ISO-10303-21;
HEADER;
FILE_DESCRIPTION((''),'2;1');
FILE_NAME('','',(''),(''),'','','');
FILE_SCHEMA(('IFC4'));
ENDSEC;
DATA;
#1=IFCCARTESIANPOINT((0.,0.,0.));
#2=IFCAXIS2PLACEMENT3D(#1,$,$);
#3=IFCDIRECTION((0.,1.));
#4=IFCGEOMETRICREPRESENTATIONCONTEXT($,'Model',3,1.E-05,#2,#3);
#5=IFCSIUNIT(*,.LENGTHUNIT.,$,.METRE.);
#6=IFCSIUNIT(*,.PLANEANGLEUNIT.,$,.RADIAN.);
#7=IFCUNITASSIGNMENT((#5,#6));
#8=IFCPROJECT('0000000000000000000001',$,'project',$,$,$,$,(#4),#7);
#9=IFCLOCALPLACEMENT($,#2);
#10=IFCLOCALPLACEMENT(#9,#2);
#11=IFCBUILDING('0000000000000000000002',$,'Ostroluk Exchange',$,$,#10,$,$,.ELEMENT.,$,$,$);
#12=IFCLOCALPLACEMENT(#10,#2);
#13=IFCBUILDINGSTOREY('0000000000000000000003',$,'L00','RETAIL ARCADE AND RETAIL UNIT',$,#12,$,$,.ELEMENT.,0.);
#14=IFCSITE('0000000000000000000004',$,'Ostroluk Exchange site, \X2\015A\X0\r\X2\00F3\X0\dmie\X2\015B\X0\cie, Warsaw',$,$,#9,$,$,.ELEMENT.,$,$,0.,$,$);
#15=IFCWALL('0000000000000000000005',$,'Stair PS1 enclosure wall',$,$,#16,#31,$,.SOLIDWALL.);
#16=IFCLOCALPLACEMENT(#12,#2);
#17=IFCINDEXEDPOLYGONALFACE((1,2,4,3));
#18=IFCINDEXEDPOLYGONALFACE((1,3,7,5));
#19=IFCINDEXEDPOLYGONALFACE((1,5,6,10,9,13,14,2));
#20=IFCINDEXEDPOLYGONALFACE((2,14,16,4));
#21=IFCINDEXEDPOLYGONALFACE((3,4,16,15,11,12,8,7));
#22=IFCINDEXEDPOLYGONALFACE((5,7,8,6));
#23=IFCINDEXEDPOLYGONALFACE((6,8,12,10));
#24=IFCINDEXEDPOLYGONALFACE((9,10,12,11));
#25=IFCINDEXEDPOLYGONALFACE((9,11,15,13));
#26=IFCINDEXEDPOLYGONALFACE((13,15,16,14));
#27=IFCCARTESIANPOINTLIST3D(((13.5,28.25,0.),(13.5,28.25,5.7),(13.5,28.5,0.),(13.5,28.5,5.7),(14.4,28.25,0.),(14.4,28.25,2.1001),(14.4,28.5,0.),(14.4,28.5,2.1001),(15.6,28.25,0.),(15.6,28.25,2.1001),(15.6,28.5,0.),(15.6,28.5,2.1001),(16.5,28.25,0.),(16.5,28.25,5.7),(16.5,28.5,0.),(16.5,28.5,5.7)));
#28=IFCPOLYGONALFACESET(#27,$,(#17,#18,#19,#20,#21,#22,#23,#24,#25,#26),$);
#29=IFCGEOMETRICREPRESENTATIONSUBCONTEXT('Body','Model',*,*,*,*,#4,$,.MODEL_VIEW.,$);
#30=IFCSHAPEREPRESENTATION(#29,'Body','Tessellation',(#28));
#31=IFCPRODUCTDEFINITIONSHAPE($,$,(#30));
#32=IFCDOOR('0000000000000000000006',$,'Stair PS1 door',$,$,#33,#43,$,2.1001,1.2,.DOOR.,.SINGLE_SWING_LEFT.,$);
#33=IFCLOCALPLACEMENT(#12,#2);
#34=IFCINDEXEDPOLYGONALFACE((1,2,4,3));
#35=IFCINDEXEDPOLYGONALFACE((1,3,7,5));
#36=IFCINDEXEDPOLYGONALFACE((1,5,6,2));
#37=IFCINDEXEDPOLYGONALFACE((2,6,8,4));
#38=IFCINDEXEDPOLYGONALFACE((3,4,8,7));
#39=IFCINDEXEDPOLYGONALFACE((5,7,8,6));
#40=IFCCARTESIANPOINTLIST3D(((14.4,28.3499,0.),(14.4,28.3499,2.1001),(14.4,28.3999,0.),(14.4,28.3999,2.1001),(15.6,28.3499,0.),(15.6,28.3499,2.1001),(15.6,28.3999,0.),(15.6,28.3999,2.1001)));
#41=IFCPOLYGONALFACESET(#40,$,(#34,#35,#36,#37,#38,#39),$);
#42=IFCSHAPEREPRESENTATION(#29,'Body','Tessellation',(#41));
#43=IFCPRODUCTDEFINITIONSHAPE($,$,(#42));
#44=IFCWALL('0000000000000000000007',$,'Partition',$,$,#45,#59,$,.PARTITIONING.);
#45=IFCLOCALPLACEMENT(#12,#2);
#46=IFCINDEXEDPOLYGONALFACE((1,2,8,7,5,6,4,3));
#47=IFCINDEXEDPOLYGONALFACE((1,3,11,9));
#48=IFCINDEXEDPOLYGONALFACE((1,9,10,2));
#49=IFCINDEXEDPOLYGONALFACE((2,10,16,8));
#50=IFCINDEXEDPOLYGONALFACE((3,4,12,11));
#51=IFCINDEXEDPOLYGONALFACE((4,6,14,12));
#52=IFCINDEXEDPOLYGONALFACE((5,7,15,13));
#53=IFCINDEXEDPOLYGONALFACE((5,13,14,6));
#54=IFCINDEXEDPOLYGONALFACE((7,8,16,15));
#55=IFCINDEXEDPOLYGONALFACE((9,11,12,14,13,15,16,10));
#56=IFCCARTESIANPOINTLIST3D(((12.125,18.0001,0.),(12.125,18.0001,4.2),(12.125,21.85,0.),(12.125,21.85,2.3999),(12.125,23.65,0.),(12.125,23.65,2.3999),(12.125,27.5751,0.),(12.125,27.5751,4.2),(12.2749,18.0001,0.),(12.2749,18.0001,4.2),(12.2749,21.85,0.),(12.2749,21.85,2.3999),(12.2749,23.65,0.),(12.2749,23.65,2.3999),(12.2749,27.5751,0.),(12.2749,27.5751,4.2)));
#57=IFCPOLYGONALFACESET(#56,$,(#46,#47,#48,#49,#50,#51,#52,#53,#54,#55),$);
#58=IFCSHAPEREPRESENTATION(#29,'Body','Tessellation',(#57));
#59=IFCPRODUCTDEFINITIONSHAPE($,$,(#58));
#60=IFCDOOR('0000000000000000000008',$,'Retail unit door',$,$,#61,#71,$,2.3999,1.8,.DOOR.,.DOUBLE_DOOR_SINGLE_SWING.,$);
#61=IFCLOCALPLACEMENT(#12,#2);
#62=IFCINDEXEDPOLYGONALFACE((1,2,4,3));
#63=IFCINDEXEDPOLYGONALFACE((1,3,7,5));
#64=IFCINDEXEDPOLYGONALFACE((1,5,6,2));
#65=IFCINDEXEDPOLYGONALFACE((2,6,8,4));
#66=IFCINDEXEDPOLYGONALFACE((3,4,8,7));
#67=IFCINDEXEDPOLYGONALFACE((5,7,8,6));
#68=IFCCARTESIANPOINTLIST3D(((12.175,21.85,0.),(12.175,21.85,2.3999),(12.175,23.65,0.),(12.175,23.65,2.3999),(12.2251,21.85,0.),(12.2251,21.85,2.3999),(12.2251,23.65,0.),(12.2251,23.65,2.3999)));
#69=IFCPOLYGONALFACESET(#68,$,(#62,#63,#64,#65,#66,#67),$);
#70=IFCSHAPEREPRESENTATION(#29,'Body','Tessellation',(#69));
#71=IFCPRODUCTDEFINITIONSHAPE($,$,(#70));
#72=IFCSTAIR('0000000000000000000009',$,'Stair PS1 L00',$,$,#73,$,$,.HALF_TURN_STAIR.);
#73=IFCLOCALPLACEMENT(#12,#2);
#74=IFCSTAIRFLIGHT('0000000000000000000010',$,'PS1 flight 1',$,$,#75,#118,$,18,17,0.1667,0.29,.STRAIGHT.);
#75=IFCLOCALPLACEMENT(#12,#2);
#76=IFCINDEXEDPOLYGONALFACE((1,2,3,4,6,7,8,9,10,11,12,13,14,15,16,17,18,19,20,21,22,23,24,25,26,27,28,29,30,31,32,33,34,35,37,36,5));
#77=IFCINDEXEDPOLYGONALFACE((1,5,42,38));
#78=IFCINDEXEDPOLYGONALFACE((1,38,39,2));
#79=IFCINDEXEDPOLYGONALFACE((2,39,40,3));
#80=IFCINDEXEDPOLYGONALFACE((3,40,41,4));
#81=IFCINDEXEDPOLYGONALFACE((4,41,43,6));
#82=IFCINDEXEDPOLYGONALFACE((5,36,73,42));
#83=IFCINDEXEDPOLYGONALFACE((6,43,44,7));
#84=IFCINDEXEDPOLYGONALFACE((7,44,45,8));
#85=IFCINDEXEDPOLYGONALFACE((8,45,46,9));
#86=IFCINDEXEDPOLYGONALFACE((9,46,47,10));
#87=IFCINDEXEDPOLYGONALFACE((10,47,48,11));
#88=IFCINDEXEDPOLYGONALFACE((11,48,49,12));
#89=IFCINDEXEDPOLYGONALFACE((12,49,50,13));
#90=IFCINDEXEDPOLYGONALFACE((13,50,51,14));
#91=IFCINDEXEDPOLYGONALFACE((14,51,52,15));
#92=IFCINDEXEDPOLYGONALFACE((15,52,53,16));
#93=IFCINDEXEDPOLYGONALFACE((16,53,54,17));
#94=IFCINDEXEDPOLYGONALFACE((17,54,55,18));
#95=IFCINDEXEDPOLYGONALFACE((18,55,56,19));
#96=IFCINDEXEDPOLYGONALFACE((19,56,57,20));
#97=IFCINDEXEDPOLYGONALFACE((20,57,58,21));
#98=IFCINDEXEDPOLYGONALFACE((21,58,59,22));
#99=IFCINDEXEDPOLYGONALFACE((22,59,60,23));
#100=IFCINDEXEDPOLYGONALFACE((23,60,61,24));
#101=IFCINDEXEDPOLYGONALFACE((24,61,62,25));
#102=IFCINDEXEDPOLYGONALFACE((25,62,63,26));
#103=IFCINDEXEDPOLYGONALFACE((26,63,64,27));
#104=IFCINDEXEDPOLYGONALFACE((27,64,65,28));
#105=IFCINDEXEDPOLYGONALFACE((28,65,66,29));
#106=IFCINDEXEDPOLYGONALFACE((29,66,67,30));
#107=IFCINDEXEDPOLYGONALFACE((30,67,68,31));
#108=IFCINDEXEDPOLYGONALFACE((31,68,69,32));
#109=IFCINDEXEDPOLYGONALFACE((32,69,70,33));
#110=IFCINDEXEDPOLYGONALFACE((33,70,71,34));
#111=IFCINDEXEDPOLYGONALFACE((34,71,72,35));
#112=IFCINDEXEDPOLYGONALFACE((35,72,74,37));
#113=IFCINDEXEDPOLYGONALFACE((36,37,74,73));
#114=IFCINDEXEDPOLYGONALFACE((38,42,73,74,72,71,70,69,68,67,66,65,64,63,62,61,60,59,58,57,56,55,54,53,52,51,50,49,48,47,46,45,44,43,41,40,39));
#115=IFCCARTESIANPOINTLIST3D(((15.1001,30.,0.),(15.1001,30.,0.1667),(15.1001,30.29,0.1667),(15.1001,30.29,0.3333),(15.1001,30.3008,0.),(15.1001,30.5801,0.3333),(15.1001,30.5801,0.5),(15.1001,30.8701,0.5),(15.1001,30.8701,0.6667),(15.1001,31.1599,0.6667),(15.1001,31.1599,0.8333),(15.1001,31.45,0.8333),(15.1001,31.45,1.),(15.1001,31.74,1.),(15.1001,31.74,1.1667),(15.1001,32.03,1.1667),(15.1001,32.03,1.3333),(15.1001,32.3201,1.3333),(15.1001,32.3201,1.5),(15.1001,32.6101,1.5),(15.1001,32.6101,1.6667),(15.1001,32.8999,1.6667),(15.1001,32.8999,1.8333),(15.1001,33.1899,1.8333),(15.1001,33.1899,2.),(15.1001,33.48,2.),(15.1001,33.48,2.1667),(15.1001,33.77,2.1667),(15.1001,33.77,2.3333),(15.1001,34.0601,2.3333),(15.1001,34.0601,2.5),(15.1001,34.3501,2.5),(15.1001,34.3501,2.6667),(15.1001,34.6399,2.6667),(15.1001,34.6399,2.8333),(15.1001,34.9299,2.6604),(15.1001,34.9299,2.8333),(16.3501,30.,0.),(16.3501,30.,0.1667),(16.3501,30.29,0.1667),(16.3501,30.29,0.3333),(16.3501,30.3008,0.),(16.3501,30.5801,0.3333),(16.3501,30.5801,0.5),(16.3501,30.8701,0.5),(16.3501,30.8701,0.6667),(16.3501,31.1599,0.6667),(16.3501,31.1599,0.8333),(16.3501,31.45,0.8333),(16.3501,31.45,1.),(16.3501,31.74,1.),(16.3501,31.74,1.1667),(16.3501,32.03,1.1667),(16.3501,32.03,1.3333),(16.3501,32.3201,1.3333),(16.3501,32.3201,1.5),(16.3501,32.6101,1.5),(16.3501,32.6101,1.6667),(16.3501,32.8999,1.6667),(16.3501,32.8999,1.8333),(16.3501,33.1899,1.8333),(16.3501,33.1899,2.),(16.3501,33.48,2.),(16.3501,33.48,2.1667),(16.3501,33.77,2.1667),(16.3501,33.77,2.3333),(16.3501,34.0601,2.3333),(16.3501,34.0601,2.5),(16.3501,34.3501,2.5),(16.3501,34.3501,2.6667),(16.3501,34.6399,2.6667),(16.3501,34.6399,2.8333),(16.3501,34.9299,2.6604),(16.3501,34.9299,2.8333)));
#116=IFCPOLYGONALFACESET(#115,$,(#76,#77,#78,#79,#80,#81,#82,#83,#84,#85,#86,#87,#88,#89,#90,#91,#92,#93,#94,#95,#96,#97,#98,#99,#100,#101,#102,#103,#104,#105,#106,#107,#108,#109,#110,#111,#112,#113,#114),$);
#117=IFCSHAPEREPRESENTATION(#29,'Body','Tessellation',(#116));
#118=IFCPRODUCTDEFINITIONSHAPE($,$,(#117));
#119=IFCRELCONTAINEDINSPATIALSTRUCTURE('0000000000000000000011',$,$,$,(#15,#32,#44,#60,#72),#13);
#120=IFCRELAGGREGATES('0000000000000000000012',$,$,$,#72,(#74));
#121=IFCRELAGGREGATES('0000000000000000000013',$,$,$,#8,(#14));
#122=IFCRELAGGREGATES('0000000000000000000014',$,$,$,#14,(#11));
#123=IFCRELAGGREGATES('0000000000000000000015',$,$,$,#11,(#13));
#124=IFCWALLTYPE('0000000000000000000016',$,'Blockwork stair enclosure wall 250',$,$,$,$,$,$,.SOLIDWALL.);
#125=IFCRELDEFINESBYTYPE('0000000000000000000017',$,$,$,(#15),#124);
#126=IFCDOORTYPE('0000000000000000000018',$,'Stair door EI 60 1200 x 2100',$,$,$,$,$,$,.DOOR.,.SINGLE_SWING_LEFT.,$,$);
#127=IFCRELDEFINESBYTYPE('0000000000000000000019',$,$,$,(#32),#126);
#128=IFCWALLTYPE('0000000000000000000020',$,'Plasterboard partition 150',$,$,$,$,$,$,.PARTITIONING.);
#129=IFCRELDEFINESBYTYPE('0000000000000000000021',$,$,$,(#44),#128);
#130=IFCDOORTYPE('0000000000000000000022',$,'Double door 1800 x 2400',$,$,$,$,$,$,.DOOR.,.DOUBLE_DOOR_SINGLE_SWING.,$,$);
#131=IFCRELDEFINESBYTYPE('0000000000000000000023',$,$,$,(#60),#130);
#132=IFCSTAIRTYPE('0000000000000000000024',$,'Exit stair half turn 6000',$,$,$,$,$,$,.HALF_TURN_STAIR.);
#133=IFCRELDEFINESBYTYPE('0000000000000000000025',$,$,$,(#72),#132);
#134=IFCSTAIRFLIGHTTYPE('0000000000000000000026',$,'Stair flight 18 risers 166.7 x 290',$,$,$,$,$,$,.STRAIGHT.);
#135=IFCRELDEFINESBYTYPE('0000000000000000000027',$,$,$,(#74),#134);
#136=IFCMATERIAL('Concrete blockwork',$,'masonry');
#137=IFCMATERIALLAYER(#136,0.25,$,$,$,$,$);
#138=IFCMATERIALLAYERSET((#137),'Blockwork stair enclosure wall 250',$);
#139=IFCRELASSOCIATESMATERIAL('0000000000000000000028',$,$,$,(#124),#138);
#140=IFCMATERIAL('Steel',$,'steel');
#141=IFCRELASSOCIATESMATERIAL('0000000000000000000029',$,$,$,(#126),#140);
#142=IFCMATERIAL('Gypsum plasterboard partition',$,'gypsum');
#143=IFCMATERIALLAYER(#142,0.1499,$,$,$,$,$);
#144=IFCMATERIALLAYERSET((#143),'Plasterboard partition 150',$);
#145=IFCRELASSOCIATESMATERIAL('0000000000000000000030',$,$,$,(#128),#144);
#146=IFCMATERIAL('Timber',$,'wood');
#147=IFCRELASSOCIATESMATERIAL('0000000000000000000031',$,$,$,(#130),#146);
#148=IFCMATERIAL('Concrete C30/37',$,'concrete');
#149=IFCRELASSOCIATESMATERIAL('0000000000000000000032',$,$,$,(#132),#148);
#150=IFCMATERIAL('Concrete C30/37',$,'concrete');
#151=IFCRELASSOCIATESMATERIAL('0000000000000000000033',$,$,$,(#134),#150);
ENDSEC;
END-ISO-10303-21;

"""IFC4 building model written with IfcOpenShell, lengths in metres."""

from ifc_helpers import new_model, si_unit, direction, frame, frame_2d, origin, place, context, subcontext, project, spatial, polyline, rectangle, outline, extrude, material, layer, layer_set, type_object, element, fill, aggregate, save


model = new_model("IFC4")

# Units and contexts
model_context = context("Model", 3, precision=1e-05, world=origin(), true_north=direction((0.0, 1.0)))
body_context = subcontext(model_context, "Body", "Model", "MODEL_VIEW")
ifc_project = project(units=[si_unit("LENGTHUNIT", "METRE"), si_unit("PLANEANGLEUNIT", "RADIAN")], contexts=[model_context])

# Site, building, storey
site_placement = place(None, origin())
site = spatial("IfcSite", under=ifc_project, at=site_placement, Name="Ostroluk Exchange site, Śródmieście, Warsaw", CompositionType="ELEMENT", RefElevation=0.0)
building_placement = place(site_placement, origin())
building = spatial("IfcBuilding", under=site, at=building_placement, Name="Ostroluk Exchange", CompositionType="ELEMENT")
storey_placement = place(building_placement, origin())
storey = spatial("IfcBuildingStorey", under=building, at=storey_placement, Name="L00", Description="RETAIL ARCADE AND RETAIL UNIT", CompositionType="ELEMENT", Elevation=0.0)

# Shared definitions
ifc_material_1 = material(Name="Concrete blockwork", Category="masonry")
ifc_layer_1 = layer(ifc_material_1, 0.25)
ifc_layer_set_1 = layer_set([ifc_layer_1], Name="Blockwork stair enclosure wall 250")
wall_type_1 = type_object("IfcWallType", Name="Blockwork stair enclosure wall 250", PredefinedType="SOLIDWALL", material=ifc_layer_set_1)

# Walls, openings, doors
wall_1_placement = place(storey_placement, frame((13.5, 28.375, 0.0), z_axis=(0.0, 0.0, 1.0), x_axis=(1.0, 0.0, 0.0)))
wall_1 = element("IfcWall", 1, at=wall_1_placement, inside=storey, type_object=wall_type_1, Name="Stair PS1 enclosure wall", PredefinedType="SOLIDWALL", context=body_context, shape_type="SweptSolid", body=[
    extrude(rectangle(XDim=3.0, YDim=0.25, at=frame_2d((1.5, 0.0))), origin(), (0.0, 0.0, 1.0), 5.7),
])
opening_1_placement = place(wall_1_placement, frame((0.8999, 0.0, 0.0)))
opening_1 = element("IfcOpeningElement", 2, at=opening_1_placement, cuts=wall_1, PredefinedType="OPENING", context=body_context, shape_type="SweptSolid", body=[
    extrude(rectangle(XDim=1.2, YDim=2.1001, at=frame_2d((0.6001, 1.05))), frame((0.0, 0.135, 0.0), z_axis=(0.0, -1.0, 0.0), x_axis=(1.0, 0.0, 0.0)), (0.0, 0.0, 1.0), 0.27),
])
ifc_material_2 = material(Name="Steel", Category="steel")
door_type_1 = type_object("IfcDoorType", Name="Stair door EI 60 1200 x 2100", OperationType="SINGLE_SWING_LEFT", PredefinedType="DOOR", material=ifc_material_2)
door_1_placement = place(opening_1_placement, origin())
door_1 = element("IfcDoor", 3, at=door_1_placement, inside=storey, type_object=door_type_1, Name="Stair PS1 door", OperationType="SINGLE_SWING_LEFT", OverallHeight=2.1001, OverallWidth=1.2, PredefinedType="DOOR", context=body_context, shape_type="SweptSolid", body=[
    extrude(rectangle(XDim=1.2, YDim=2.1001, at=frame_2d((0.6001, 1.05))), frame((0.0, 0.0249, 0.0), z_axis=(0.0, -1.0, 0.0), x_axis=(1.0, 0.0, 0.0)), (0.0, 0.0, 1.0), 0.05),
])
fill(opening_1, door_1)
ifc_material_3 = material(Name="Gypsum plasterboard partition", Category="gypsum")
ifc_layer_2 = layer(ifc_material_3, 0.1499)
ifc_layer_set_2 = layer_set([ifc_layer_2], Name="Plasterboard partition 150")
wall_type_2 = type_object("IfcWallType", Name="Plasterboard partition 150", PredefinedType="PARTITIONING", material=ifc_layer_set_2)
wall_2_placement = place(storey_placement, frame((12.2, 18.0, 0.0), z_axis=(0.0, 0.0, 1.0), x_axis=(0.0, 1.0, 0.0)))
wall_2 = element("IfcWall", 4, at=wall_2_placement, inside=storey, type_object=wall_type_2, Name="Partition", PredefinedType="PARTITIONING", context=body_context, shape_type="SweptSolid", body=[
    extrude(rectangle(XDim=9.575, YDim=0.1499, at=frame_2d((4.7876, 0.0))), origin(), (0.0, 0.0, 1.0), 4.2),
])
opening_2_placement = place(wall_2_placement, frame((3.8501, 0.0, 0.0)))
opening_2 = element("IfcOpeningElement", 5, at=opening_2_placement, cuts=wall_2, PredefinedType="OPENING", context=body_context, shape_type="SweptSolid", body=[
    extrude(rectangle(XDim=1.8, YDim=2.3999, at=frame_2d((0.8999, 1.2))), frame((0.0, 0.085, 0.0), z_axis=(0.0, -1.0, 0.0), x_axis=(1.0, 0.0, 0.0)), (0.0, 0.0, 1.0), 0.1699),
])
ifc_material_4 = material(Name="Timber", Category="wood")
door_type_2 = type_object("IfcDoorType", Name="Double door 1800 x 2400", OperationType="DOUBLE_DOOR_SINGLE_SWING", PredefinedType="DOOR", material=ifc_material_4)
door_2_placement = place(opening_2_placement, origin())
door_2 = element("IfcDoor", 6, at=door_2_placement, inside=storey, type_object=door_type_2, Name="Retail unit door", OperationType="DOUBLE_DOOR_SINGLE_SWING", OverallHeight=2.3999, OverallWidth=1.8, PredefinedType="DOOR", context=body_context, shape_type="SweptSolid", body=[
    extrude(rectangle(XDim=1.8, YDim=2.3999, at=frame_2d((0.8999, 1.2))), frame((0.0, 0.0249, 0.0), z_axis=(0.0, -1.0, 0.0), x_axis=(1.0, 0.0, 0.0)), (0.0, 0.0, 1.0), 0.05),
])
fill(opening_2, door_2)

# Stair, stair flight
ifc_material_5 = material(Name="Concrete C30/37", Category="concrete")
stair_type = type_object("IfcStairType", Name="Exit stair half turn 6000", PredefinedType="HALF_TURN_STAIR", material=ifc_material_5)
stair_placement = place(storey_placement, origin())
stair = element("IfcStair", 7, at=stair_placement, inside=storey, type_object=stair_type, Name="Stair PS1 L00", PredefinedType="HALF_TURN_STAIR")
ifc_material_6 = material(Name="Concrete C30/37", Category="concrete")
stair_flight_type = type_object("IfcStairFlightType", Name="Stair flight 18 risers 166.7 x 290", PredefinedType="STRAIGHT", material=ifc_material_6)
stair_flight_placement = place(storey_placement, frame((15.7251, 30.0, 0.0), z_axis=(0.0, 0.0, 1.0), x_axis=(0.0, 1.0, 0.0)))
stair_flight = element("IfcStairFlight", 8, at=stair_flight_placement, type_object=stair_flight_type, Name="PS1 flight 1", NumberOfRisers=18, NumberOfTreads=17, PredefinedType="STRAIGHT", RiserHeight=0.1667, TreadLength=0.29, context=body_context, shape_type="SweptSolid", body=[
    extrude(outline(polyline([(0.0, 0.0), (0.0, 0.1667), (0.29, 0.1667), (0.29, 0.3333), (0.5801, 0.3333), (0.5801, 0.5), (0.8701, 0.5), (0.8701, 0.6667), (1.1599, 0.6667), (1.1599, 0.8333), (1.45, 0.8333), (1.45, 1.0), (1.74, 1.0), (1.74, 1.1667), (2.03, 1.1667), (2.03, 1.3333), (2.3201, 1.3333), (2.3201, 1.5), (2.6101, 1.5), (2.6101, 1.6667), (2.8999, 1.6667), (2.8999, 1.8333), (3.1899, 1.8333), (3.1899, 2.0), (3.48, 2.0), (3.48, 2.1667), (3.77, 2.1667), (3.77, 2.3333), (4.0601, 2.3333), (4.0601, 2.5), (4.3501, 2.5), (4.3501, 2.6667), (4.6399, 2.6667), (4.6399, 2.8333), (4.9299, 2.8333), (4.9299, 3.0), (4.9299, 2.6604), (0.3008, 0.0), (0.0, 0.0)])), frame((0.0, 0.625, 0.0), z_axis=(0.0, -1.0, 0.0), x_axis=(1.0, 0.0, 0.0)), (0.0, 0.0, 1.0), 1.25),
])
aggregate(stair, [stair_flight])

save(model, "model.ifc")
